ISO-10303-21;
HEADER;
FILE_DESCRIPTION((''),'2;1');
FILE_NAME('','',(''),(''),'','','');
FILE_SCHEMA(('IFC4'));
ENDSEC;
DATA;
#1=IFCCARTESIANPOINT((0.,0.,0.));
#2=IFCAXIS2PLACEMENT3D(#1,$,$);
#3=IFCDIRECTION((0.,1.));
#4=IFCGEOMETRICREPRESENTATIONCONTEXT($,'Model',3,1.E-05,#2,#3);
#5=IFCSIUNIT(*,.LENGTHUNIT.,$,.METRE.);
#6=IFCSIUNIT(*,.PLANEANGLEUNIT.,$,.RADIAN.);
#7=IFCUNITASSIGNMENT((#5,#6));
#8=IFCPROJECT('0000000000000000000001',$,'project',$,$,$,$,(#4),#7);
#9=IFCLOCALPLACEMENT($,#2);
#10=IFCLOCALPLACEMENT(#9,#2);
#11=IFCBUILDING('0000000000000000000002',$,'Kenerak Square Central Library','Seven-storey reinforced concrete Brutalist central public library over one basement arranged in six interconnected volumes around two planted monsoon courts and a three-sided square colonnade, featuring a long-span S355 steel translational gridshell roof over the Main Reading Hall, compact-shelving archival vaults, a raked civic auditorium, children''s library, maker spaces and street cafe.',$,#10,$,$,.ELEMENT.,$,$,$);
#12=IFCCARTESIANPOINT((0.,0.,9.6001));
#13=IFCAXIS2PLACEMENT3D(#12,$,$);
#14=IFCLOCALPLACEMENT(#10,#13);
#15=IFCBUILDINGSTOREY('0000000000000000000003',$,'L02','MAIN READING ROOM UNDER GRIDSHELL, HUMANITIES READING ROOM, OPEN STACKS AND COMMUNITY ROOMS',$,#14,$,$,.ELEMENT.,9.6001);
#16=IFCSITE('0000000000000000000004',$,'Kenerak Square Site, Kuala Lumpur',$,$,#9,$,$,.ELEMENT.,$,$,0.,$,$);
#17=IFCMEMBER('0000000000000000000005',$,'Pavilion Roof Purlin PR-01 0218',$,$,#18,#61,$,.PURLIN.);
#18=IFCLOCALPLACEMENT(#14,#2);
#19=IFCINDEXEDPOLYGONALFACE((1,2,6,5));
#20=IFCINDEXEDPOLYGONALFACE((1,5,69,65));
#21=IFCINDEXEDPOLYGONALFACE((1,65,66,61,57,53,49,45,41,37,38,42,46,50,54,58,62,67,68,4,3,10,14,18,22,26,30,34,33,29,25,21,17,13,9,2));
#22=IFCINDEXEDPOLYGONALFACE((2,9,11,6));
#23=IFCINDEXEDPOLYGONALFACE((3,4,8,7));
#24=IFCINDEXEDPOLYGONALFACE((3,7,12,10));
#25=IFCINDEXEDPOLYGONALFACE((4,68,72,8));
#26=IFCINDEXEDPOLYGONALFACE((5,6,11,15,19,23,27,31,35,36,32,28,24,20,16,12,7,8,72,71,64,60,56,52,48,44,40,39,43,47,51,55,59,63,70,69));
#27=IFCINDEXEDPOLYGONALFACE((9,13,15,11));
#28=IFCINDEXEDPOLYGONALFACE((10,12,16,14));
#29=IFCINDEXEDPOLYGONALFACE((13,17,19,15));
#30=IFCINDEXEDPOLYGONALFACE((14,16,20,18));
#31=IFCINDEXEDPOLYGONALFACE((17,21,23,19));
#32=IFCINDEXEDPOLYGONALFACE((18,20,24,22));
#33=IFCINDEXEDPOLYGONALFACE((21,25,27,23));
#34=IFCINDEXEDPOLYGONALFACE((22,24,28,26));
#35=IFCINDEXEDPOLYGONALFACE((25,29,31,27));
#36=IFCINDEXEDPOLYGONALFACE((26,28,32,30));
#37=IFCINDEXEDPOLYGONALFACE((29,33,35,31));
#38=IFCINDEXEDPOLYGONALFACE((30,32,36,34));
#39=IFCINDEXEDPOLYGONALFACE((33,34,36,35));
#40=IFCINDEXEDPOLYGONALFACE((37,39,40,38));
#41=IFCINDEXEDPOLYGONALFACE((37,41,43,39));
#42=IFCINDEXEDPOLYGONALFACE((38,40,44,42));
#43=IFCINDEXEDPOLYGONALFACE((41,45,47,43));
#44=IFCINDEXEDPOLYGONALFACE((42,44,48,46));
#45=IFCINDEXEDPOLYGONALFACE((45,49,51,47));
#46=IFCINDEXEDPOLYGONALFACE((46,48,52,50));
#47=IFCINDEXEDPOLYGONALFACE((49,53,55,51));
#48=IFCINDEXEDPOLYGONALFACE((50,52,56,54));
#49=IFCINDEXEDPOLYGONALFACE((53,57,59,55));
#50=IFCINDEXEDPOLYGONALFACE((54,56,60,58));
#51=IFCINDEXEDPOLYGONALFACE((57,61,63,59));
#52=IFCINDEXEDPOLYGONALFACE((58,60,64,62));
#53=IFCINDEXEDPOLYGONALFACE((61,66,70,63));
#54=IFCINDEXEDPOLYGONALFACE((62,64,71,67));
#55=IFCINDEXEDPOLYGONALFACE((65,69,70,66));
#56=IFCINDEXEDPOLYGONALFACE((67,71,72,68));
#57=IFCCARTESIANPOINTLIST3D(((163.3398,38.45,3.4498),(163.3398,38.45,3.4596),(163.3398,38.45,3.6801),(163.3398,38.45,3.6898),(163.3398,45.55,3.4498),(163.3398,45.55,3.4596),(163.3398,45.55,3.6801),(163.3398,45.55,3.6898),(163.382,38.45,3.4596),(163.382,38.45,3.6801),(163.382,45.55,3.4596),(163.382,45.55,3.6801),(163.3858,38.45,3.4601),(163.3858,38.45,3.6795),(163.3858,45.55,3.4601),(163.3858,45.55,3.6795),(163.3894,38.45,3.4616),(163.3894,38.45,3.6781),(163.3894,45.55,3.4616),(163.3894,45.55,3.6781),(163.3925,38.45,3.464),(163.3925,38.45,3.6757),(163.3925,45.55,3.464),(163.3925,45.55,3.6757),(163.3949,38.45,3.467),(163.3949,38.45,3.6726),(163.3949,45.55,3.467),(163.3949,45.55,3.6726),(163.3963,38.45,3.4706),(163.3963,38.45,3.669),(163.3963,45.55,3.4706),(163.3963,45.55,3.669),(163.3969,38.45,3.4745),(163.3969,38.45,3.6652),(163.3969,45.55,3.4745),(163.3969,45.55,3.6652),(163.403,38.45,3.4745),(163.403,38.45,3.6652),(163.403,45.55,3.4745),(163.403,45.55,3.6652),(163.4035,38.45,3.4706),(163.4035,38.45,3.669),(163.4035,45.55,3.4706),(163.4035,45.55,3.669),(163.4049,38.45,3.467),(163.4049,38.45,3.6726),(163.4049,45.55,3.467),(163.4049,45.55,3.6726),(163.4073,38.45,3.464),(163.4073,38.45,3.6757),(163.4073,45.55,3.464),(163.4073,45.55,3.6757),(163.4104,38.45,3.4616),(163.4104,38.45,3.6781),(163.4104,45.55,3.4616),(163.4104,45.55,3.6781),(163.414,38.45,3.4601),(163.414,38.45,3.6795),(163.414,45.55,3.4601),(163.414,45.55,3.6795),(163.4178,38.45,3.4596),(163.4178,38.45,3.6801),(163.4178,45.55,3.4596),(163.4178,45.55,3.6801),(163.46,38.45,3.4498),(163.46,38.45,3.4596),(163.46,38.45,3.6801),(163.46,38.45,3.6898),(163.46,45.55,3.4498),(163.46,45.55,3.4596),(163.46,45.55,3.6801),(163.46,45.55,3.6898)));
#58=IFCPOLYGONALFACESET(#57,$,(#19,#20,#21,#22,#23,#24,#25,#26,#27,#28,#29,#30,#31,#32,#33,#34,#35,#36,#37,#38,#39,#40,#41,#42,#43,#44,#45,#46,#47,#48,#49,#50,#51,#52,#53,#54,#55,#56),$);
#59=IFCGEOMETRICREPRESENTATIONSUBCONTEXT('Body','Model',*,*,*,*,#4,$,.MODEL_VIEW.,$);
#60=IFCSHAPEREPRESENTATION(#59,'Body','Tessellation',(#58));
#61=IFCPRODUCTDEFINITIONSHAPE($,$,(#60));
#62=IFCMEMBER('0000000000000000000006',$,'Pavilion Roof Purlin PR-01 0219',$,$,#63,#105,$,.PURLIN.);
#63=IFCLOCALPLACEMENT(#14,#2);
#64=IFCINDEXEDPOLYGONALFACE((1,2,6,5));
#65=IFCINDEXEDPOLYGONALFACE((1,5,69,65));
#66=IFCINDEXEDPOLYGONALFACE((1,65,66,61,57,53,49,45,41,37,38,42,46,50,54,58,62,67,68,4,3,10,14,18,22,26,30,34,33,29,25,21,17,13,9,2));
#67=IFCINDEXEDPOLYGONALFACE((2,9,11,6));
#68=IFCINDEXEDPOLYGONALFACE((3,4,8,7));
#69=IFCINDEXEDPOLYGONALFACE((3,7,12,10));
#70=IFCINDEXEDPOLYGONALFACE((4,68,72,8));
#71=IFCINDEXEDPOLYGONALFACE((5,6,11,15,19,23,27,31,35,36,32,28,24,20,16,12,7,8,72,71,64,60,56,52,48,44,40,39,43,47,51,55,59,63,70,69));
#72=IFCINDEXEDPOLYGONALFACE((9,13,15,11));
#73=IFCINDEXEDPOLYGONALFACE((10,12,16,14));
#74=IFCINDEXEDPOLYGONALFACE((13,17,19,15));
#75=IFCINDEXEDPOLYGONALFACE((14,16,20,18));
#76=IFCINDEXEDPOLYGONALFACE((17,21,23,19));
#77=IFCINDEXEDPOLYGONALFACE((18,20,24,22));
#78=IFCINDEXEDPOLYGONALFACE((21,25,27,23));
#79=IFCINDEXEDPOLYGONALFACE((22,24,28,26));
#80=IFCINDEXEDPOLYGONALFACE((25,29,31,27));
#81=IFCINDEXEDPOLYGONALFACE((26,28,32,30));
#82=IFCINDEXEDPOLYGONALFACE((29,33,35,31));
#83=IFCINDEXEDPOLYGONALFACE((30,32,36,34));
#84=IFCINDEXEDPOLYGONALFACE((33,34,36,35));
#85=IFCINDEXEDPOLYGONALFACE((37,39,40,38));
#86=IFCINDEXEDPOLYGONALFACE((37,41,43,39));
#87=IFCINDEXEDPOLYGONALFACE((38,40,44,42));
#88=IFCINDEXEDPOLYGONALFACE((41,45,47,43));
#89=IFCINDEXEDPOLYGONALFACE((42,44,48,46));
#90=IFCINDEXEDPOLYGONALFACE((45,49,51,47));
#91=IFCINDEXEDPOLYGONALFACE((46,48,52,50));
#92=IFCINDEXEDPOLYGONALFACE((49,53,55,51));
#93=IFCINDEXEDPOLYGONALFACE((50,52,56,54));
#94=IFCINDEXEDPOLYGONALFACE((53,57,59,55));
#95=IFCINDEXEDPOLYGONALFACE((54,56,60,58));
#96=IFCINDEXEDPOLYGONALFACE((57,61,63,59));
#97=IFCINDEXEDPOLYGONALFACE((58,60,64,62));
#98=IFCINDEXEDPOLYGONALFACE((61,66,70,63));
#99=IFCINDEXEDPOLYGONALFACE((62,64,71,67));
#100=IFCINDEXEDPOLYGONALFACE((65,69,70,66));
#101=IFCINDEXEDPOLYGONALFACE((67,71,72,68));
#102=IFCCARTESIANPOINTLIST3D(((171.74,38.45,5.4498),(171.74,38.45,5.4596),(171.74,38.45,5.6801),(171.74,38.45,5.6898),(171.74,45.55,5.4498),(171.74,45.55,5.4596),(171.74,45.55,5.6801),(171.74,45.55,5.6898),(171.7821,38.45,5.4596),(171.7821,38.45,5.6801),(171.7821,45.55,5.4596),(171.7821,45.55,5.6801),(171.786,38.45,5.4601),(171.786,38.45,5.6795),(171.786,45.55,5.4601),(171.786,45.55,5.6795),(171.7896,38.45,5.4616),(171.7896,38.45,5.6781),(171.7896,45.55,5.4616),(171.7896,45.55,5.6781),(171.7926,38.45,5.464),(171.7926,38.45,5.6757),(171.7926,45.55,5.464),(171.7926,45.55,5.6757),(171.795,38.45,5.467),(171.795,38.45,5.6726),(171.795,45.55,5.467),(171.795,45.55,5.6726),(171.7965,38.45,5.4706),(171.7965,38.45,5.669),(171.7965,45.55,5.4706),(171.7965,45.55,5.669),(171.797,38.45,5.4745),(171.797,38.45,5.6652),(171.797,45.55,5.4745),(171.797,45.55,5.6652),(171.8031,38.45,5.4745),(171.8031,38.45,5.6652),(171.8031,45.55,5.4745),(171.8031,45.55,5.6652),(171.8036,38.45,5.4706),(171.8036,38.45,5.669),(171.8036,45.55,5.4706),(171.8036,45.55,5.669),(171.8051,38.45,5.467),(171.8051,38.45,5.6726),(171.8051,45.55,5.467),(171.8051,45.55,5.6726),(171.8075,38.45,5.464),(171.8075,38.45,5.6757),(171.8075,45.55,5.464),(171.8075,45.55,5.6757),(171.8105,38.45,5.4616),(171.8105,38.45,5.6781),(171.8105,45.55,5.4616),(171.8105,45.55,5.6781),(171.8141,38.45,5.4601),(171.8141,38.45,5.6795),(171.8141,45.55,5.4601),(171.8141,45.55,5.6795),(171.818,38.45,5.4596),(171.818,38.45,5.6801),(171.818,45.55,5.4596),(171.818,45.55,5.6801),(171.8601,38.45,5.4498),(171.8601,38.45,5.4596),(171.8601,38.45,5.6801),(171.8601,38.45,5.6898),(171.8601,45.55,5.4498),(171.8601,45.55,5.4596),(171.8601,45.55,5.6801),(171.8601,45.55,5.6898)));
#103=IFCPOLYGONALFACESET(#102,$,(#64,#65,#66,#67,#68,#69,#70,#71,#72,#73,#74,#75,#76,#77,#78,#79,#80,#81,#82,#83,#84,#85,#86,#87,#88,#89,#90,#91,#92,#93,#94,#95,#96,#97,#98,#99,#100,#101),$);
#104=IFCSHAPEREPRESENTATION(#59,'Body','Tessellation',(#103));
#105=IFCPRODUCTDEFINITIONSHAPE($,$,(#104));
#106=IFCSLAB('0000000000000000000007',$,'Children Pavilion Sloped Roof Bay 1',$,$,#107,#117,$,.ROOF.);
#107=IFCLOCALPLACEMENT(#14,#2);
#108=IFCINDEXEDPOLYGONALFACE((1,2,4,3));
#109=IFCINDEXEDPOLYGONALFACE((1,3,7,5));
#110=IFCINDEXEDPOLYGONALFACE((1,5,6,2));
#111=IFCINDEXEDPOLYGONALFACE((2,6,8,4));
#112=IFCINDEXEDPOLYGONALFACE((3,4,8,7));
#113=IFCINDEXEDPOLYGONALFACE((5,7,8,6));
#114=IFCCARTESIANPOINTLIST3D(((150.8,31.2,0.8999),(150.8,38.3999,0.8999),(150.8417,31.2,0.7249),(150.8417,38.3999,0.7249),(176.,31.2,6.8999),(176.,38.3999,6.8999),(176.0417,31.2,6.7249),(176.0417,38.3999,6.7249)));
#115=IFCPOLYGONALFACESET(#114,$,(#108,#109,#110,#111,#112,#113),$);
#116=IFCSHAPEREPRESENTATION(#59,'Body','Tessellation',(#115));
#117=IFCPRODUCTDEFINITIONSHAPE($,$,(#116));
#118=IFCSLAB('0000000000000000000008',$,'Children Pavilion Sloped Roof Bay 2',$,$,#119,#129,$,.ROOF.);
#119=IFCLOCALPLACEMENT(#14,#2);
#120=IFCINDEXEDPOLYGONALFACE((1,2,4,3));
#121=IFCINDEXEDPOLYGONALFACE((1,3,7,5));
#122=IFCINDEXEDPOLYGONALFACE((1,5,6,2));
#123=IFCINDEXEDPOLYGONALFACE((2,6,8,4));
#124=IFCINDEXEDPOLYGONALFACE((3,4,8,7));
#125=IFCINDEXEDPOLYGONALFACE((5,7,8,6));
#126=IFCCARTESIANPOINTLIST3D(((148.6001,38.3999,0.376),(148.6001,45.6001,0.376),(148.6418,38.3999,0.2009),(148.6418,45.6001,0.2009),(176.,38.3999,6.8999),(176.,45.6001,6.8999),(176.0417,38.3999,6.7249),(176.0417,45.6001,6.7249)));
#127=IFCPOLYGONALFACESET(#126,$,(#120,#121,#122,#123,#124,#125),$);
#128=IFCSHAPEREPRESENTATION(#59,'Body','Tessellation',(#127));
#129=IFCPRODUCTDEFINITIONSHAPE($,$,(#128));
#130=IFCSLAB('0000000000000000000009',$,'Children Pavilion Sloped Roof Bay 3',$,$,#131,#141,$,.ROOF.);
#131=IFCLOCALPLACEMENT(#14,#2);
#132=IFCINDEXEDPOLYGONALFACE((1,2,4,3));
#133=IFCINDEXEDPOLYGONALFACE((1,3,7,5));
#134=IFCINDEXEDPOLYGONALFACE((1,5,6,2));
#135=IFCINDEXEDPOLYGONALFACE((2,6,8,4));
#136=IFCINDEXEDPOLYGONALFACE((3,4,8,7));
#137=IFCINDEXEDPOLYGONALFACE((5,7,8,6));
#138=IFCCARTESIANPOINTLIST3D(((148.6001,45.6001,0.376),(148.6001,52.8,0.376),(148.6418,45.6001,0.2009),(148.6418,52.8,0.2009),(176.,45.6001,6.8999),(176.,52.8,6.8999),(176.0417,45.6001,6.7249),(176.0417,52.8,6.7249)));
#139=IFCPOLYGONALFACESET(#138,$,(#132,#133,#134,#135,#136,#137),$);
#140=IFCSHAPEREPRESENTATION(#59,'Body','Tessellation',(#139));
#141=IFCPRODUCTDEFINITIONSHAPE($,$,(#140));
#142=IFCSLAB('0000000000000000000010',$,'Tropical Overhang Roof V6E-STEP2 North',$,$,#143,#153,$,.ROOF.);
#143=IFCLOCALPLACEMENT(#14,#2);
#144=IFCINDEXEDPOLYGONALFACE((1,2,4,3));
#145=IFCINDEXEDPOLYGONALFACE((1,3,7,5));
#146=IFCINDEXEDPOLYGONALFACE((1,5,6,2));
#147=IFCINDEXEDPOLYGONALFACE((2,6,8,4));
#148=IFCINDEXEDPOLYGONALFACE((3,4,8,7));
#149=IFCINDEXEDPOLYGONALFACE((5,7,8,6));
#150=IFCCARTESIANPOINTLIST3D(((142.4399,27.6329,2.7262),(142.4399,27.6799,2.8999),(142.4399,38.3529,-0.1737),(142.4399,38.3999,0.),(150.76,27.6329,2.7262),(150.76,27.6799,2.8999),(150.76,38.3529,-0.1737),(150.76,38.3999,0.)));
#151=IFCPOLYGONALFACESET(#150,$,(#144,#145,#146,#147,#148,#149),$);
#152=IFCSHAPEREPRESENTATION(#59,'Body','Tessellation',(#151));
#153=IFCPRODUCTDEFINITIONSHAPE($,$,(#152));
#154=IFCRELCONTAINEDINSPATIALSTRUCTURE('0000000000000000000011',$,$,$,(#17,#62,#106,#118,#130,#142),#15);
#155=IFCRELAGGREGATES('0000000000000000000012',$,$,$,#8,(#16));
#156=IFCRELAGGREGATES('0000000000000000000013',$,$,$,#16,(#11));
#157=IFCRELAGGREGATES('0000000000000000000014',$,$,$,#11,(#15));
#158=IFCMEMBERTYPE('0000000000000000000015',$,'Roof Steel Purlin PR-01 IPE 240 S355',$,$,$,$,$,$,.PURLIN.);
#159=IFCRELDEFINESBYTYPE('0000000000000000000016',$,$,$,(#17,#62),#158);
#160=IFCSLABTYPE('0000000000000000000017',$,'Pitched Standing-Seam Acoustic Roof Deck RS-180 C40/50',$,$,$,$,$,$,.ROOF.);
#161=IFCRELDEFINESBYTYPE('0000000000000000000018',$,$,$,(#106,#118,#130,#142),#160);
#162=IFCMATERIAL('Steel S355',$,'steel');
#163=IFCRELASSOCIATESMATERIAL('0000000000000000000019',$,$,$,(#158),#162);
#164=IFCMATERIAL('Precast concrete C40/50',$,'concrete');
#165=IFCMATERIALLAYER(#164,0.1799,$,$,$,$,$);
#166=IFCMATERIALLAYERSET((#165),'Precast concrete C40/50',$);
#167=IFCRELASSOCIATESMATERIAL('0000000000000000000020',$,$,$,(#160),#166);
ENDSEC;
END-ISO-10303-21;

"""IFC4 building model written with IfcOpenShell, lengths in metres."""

from ifc_helpers import new_model, si_unit, direction, frame, origin, origin_2d, place, context, subcontext, project, spatial, polyline, i_section, outline, extrude, material, layer, layer_set, material_profile, profile_set, type_object, element, save


model = new_model("IFC4")

# Units and contexts
model_context = context("Model", 3, precision=1e-05, world=origin(), true_north=direction((0.0, 1.0)))
body_context = subcontext(model_context, "Body", "Model", "MODEL_VIEW")
ifc_project = project(units=[si_unit("LENGTHUNIT", "METRE"), si_unit("PLANEANGLEUNIT", "RADIAN")], contexts=[model_context])

# Site, building, storey
site_placement = place(None, origin())
site = spatial("IfcSite", under=ifc_project, at=site_placement, Name="Kenerak Square Site, Kuala Lumpur", CompositionType="ELEMENT", RefElevation=0.0)
building_placement = place(site_placement, origin())
building = spatial("IfcBuilding", under=site, at=building_placement, Name="Kenerak Square Central Library", Description="Seven-storey reinforced concrete Brutalist central public library over one basement arranged in six interconnected volumes around two planted monsoon courts and a three-sided square colonnade, featuring a long-span S355 steel translational gridshell roof over the Main Reading Hall, compact-shelving archival vaults, a raked civic auditorium, children's library, maker spaces and street cafe.", CompositionType="ELEMENT")
storey_placement = place(building_placement, frame((0.0, 0.0, 9.6001)))
storey = spatial("IfcBuildingStorey", under=building, at=storey_placement, Name="L02", Description="MAIN READING ROOM UNDER GRIDSHELL, HUMANITIES READING ROOM, OPEN STACKS AND COMMUNITY ROOMS", CompositionType="ELEMENT", Elevation=9.6001)

# Shared definitions
ifc_material_1 = material(Name="Steel S355", Category="steel")

# Members
ifc_material_profile_1 = material_profile(ifc_material_1, i_section(OverallWidth=0.1201, OverallDepth=0.24, WebThickness=0.0061, FlangeThickness=0.0098, FilletRadius=0.0149, at=origin_2d()), Name="IPE 240")
ifc_profile_set_1 = profile_set([ifc_material_profile_1], Name="Steel S355")
member_type_1 = type_object("IfcMemberType", Name="Roof Steel Purlin PR-01 IPE 240 S355", PredefinedType="PURLIN", material=ifc_profile_set_1)
for number, where, z_axis, x_axis, name in (
    (1, (163.3999, 38.45, 3.5698), (0.0, 1.0, 0.0), (-1.0, 0.0, 0.0), "Pavilion Roof Purlin PR-01 0218"),
    (2, (171.8, 38.45, 5.5698), (0.0, 1.0, 0.0), (-1.0, 0.0, 0.0), "Pavilion Roof Purlin PR-01 0219"),
):
    element("IfcMember", number, at=place(storey_placement, frame(where, z_axis=z_axis, x_axis=x_axis)), inside=storey, type_object=member_type_1, Name=name, PredefinedType="PURLIN", context=body_context, shape_type="SweptSolid", body=[
        extrude(i_section(OverallWidth=0.1201, OverallDepth=0.24, WebThickness=0.0061, FlangeThickness=0.0098, FilletRadius=0.0149, at=origin_2d()), origin(), (0.0, 0.0, 1.0), 7.1001),
    ])

# Slabs
ifc_material_2 = material(Name="Precast concrete C40/50", Category="concrete")
ifc_layer = layer(ifc_material_2, 0.1799)
ifc_layer_set = layer_set([ifc_layer], Name="Precast concrete C40/50")
slab_type = type_object("IfcSlabType", Name="Pitched Standing-Seam Acoustic Roof Deck RS-180 C40/50", PredefinedType="ROOF", material=ifc_layer_set)
slab_1_placement = place(storey_placement, frame((150.8, 31.2, 0.8999), z_axis=(-0.231621, 0.0, 0.972806), x_axis=(0.972806, 0.0, 0.231621)))
element("IfcSlab", 3, at=slab_1_placement, inside=storey, type_object=slab_type, Name="Children Pavilion Sloped Roof Bay 1", PredefinedType="ROOF", context=body_context, shape_type="SweptSolid", body=[
    extrude(outline(polyline([(0.0, 0.0), (25.9044, 0.0), (25.9044, 7.2), (0.0, 7.2), (0.0, 0.0)])), origin(), (0.0, 0.0, -1.0), 0.1799),
])
slab_2_placement = place(storey_placement, frame((148.6001, 38.3999, 0.376), z_axis=(-0.231625, 0.0, 0.972805), x_axis=(0.972805, 0.0, 0.231625)))
element("IfcSlab", 4, at=slab_2_placement, inside=storey, type_object=slab_type, Name="Children Pavilion Sloped Roof Bay 2", PredefinedType="ROOF", context=body_context, shape_type="SweptSolid", body=[
    extrude(outline(polyline([(0.0, 0.0), (28.1659, 0.0), (28.1659, 7.2002), (0.0, 7.2002), (0.0, 0.0)])), origin(), (0.0, 0.0, -1.0), 0.1799),
])
slab_3_placement = place(storey_placement, frame((148.6001, 45.6001, 0.376), z_axis=(-0.231625, 0.0, 0.972805), x_axis=(0.972805, 0.0, 0.231625)))
element("IfcSlab", 5, at=slab_3_placement, inside=storey, type_object=slab_type, Name="Children Pavilion Sloped Roof Bay 3", PredefinedType="ROOF", context=body_context, shape_type="SweptSolid", body=[
    extrude(outline(polyline([(0.0, 0.0), (28.1659, 0.0), (28.1659, 7.2), (0.0, 7.2), (0.0, 0.0)])), origin(), (0.0, 0.0, -1.0), 0.1799),
])
slab_4_placement = place(storey_placement, frame((142.4399, 27.6799, 2.8999), z_axis=(0.0, 0.261128, 0.965304), x_axis=(1.0, 0.0, 0.0)))
element("IfcSlab", 6, at=slab_4_placement, inside=storey, type_object=slab_type, Name="Tropical Overhang Roof V6E-STEP2 North", PredefinedType="ROOF", context=body_context, shape_type="SweptSolid", body=[
    extrude(outline(polyline([(0.0, 0.0), (8.3201, 0.0), (8.3201, 11.1053), (0.0, 11.1053), (0.0, 0.0)])), origin(), (0.0, 0.0, -1.0), 0.1799),
])

save(model, "model.ifc")
